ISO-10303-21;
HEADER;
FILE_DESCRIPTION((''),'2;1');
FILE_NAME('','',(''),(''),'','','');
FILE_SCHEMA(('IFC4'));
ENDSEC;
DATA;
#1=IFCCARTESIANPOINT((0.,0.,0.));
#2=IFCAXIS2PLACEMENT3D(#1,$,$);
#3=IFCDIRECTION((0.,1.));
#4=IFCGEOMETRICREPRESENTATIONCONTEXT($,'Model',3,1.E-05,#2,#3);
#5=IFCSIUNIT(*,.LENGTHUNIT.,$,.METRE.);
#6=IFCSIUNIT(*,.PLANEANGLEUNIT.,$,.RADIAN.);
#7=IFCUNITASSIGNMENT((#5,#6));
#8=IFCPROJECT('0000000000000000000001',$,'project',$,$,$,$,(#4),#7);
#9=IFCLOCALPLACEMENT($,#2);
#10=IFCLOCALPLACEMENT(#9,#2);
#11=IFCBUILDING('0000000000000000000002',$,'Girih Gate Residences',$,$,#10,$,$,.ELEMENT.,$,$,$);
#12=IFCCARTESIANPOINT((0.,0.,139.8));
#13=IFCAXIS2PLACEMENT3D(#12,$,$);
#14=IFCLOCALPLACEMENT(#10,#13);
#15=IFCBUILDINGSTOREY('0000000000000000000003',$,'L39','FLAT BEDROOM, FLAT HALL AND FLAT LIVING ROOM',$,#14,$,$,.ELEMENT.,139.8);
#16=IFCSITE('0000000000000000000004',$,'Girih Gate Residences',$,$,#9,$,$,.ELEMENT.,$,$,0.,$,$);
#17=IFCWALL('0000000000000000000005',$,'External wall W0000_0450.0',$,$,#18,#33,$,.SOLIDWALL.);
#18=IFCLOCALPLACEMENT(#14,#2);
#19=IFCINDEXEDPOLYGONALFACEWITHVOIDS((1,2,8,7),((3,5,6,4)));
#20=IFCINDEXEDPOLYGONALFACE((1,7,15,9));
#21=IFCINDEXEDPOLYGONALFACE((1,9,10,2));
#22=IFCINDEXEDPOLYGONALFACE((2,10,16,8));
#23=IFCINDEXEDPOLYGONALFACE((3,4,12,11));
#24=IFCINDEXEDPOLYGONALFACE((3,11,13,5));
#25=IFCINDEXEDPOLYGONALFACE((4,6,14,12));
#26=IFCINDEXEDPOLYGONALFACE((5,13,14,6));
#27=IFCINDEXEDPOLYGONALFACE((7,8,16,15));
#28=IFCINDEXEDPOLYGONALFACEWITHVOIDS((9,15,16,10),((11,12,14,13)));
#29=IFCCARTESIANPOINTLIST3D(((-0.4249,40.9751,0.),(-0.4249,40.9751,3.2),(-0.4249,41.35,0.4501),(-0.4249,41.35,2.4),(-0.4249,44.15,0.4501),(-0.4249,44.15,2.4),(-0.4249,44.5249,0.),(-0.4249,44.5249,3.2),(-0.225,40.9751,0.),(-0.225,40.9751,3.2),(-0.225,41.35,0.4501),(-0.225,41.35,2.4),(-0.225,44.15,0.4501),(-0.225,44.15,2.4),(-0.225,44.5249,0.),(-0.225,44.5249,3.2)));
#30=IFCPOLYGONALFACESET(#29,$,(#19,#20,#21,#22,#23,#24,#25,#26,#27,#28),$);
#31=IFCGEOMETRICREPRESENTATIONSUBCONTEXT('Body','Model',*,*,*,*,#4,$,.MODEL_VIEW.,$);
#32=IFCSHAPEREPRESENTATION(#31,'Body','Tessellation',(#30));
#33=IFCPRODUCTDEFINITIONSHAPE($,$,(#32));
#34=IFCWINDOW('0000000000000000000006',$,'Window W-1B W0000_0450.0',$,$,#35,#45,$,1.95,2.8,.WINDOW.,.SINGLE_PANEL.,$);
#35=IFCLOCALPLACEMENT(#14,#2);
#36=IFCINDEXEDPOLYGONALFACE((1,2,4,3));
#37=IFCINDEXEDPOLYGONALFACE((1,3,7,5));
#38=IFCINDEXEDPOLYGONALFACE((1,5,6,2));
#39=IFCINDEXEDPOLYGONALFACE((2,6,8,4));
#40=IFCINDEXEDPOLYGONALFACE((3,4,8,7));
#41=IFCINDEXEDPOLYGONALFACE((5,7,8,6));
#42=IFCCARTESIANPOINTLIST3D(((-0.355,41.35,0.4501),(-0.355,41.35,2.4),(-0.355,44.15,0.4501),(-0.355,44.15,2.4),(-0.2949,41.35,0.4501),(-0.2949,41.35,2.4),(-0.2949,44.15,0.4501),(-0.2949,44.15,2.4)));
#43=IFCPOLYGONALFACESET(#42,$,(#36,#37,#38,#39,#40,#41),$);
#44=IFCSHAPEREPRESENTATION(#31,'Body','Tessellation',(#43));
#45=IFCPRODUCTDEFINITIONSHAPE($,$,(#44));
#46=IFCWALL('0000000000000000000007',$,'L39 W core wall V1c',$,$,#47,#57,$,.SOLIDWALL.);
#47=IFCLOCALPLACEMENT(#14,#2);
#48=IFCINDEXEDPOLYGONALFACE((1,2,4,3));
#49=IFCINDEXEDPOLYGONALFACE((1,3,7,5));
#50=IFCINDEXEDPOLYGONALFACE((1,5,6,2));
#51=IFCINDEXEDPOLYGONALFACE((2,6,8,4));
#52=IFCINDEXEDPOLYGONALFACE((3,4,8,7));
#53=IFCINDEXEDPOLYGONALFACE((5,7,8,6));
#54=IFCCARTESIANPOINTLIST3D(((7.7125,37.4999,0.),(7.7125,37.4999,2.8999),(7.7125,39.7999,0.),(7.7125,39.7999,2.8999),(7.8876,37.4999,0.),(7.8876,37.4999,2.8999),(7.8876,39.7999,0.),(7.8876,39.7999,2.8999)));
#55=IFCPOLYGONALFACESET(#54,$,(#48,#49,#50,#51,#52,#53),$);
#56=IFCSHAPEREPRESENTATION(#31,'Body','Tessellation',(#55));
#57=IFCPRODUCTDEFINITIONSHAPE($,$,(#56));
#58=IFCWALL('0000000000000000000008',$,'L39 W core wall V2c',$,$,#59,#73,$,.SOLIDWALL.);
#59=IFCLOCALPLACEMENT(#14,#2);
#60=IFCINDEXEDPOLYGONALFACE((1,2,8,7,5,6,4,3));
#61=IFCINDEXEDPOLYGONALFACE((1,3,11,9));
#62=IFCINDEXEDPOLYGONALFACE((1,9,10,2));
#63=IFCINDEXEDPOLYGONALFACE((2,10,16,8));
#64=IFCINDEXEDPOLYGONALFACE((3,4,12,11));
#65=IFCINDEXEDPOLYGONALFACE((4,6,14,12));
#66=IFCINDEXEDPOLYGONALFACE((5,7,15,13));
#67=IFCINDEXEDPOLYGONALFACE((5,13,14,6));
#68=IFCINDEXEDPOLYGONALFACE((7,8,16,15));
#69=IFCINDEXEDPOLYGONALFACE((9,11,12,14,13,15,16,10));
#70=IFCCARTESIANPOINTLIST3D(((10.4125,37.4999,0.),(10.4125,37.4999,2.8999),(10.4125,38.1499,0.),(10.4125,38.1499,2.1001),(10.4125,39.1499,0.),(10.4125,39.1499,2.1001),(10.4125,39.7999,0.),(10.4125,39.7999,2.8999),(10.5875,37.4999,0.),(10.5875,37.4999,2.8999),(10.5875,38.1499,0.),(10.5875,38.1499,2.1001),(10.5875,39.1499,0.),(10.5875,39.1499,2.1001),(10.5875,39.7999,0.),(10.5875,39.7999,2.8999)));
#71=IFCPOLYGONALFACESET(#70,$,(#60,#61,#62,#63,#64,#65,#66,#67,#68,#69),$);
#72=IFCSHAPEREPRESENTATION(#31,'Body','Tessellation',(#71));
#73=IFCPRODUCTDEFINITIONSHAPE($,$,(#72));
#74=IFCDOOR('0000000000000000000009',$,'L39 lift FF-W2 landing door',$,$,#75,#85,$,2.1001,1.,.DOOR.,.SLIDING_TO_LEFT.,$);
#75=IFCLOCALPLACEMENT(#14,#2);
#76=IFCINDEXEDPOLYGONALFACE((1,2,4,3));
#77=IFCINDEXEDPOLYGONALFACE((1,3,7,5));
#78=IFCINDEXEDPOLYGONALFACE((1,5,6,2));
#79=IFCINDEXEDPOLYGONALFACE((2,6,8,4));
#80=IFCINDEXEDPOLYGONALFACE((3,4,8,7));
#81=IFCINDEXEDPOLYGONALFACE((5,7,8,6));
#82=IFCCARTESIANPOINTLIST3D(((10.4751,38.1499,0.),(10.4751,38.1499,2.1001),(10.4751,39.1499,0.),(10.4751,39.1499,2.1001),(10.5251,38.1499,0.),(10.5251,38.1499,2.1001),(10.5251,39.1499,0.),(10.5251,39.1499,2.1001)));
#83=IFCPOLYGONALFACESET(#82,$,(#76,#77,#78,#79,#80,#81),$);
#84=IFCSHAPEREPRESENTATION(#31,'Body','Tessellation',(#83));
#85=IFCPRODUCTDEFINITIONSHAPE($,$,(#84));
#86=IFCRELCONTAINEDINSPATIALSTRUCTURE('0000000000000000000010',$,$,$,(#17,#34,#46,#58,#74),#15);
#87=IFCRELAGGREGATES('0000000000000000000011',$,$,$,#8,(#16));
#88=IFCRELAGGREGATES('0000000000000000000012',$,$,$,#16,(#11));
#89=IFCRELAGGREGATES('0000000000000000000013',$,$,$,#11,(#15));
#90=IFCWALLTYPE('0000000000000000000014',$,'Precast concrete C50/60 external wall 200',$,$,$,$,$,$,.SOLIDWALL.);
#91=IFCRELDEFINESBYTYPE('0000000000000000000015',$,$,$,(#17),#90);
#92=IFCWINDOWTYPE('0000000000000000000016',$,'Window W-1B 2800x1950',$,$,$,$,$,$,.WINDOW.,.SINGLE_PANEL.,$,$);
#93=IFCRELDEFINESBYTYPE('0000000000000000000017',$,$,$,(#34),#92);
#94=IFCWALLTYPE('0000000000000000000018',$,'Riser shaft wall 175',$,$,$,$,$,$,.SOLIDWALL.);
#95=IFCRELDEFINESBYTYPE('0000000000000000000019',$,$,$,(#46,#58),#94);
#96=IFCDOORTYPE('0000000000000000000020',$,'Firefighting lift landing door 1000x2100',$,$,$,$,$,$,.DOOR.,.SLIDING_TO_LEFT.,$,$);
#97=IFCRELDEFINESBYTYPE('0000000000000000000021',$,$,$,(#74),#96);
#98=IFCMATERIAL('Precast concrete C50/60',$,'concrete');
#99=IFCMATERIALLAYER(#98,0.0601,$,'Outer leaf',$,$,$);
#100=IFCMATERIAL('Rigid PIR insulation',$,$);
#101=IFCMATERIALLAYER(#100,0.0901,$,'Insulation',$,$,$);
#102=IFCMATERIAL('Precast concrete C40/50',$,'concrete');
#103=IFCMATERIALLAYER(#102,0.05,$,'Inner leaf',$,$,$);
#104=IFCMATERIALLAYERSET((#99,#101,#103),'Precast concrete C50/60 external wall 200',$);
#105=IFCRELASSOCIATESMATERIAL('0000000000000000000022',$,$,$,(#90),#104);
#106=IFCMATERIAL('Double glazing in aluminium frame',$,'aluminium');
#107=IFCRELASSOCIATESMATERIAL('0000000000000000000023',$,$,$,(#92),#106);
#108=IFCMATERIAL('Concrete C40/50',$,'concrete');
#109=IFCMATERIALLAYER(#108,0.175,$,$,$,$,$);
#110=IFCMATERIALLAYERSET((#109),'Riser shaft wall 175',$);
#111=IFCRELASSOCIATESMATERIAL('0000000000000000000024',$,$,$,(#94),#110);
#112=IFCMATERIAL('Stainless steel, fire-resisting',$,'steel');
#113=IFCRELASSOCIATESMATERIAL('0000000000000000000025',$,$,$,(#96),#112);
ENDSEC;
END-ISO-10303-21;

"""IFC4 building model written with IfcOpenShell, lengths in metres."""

from ifc_helpers import new_model, si_unit, direction, frame, frame_2d, origin, place, context, subcontext, project, spatial, rectangle, extrude, material, layer, layer_set, type_object, element, fill, save


model = new_model("IFC4")

# Units and contexts
model_context = context("Model", 3, precision=1e-05, world=origin(), true_north=direction((0.0, 1.0)))
body_context = subcontext(model_context, "Body", "Model", "MODEL_VIEW")
ifc_project = project(units=[si_unit("LENGTHUNIT", "METRE"), si_unit("PLANEANGLEUNIT", "RADIAN")], contexts=[model_context])

# Site, building, storey
site_placement = place(None, origin())
site = spatial("IfcSite", under=ifc_project, at=site_placement, Name="Girih Gate Residences", CompositionType="ELEMENT", RefElevation=0.0)
building_placement = place(site_placement, origin())
building = spatial("IfcBuilding", under=site, at=building_placement, Name="Girih Gate Residences", CompositionType="ELEMENT")
storey_placement = place(building_placement, frame((0.0, 0.0, 139.8)))
storey = spatial("IfcBuildingStorey", under=building, at=storey_placement, Name="L39", Description="FLAT BEDROOM, FLAT HALL AND FLAT LIVING ROOM", CompositionType="ELEMENT", Elevation=139.8)

# Wall, opening, window
ifc_material_1 = material(Name="Precast concrete C50/60", Category="concrete")
ifc_layer_1 = layer(ifc_material_1, 0.0601, Name="Outer leaf")
ifc_material_2 = material(Name="Rigid PIR insulation")
ifc_layer_2 = layer(ifc_material_2, 0.0901, Name="Insulation")
ifc_material_3 = material(Name="Precast concrete C40/50", Category="concrete")
ifc_layer_3 = layer(ifc_material_3, 0.05, Name="Inner leaf")
ifc_layer_set_1 = layer_set([ifc_layer_1, ifc_layer_2, ifc_layer_3], Name="Precast concrete C50/60 external wall 200")
wall_type_1 = type_object("IfcWallType", Name="Precast concrete C50/60 external wall 200", PredefinedType="SOLIDWALL", material=ifc_layer_set_1)
wall_1_placement = place(storey_placement, frame((-0.325, 40.9751, 0.0), z_axis=(0.0, 0.0, 1.0), x_axis=(0.0, 1.0, 0.0)))
wall_1 = element("IfcWall", 1, at=wall_1_placement, inside=storey, type_object=wall_type_1, Name="External wall W0000_0450.0", PredefinedType="SOLIDWALL", context=body_context, shape_type="SweptSolid", body=[
    extrude(rectangle(XDim=3.5498, YDim=0.2, at=frame_2d((1.7749, 0.0))), origin(), (0.0, 0.0, 1.0), 3.2),
])
opening_1_placement = place(wall_1_placement, frame((0.375, 0.0, 0.45)))
opening_1 = element("IfcOpeningElement", 2, at=opening_1_placement, cuts=wall_1, PredefinedType="OPENING", context=body_context, shape_type="SweptSolid", body=[
    extrude(rectangle(XDim=2.8, YDim=1.95, at=frame_2d((1.3999, 0.9751))), frame((0.0, 0.1099, 0.0), z_axis=(0.0, -1.0, 0.0), x_axis=(1.0, 0.0, 0.0)), (0.0, 0.0, 1.0), 0.22),
])
ifc_material_4 = material(Name="Double glazing in aluminium frame", Category="aluminium")
window_type = type_object("IfcWindowType", Name="Window W-1B 2800x1950", PartitioningType="SINGLE_PANEL", PredefinedType="WINDOW", material=ifc_material_4)
window_placement = place(opening_1_placement, origin())
window = element("IfcWindow", 3, at=window_placement, inside=storey, type_object=window_type, Name="Window W-1B W0000_0450.0", OverallHeight=1.95, OverallWidth=2.8, PartitioningType="SINGLE_PANEL", PredefinedType="WINDOW", context=body_context, shape_type="SweptSolid", body=[
    extrude(rectangle(XDim=2.8, YDim=1.95, at=frame_2d((1.3999, 0.9751))), frame((0.0, 0.03, 0.0), z_axis=(0.0, -1.0, 0.0), x_axis=(1.0, 0.0, 0.0)), (0.0, 0.0, 1.0), 0.0601),
])
fill(opening_1, window)

# Wall
ifc_material_5 = material(Name="Concrete C40/50", Category="concrete")
ifc_layer_4 = layer(ifc_material_5, 0.175)
ifc_layer_set_2 = layer_set([ifc_layer_4], Name="Riser shaft wall 175")
wall_type_2 = type_object("IfcWallType", Name="Riser shaft wall 175", PredefinedType="SOLIDWALL", material=ifc_layer_set_2)
wall_2_placement = place(storey_placement, frame((7.8, 37.5, 0.0), z_axis=(0.0, 0.0, 1.0), x_axis=(0.0, 1.0, 0.0)))
element("IfcWall", 4, at=wall_2_placement, inside=storey, type_object=wall_type_2, Name="L39 W core wall V1c", PredefinedType="SOLIDWALL", context=body_context, shape_type="SweptSolid", body=[
    extrude(rectangle(XDim=2.3, YDim=0.175, at=frame_2d((1.1499, 0.0))), origin(), (0.0, 0.0, 1.0), 2.8999),
])

# Wall, opening, door
wall_3_placement = place(storey_placement, frame((10.5, 37.5, 0.0), z_axis=(0.0, 0.0, 1.0), x_axis=(0.0, 1.0, 0.0)))
wall_3 = element("IfcWall", 5, at=wall_3_placement, inside=storey, type_object=wall_type_2, Name="L39 W core wall V2c", PredefinedType="SOLIDWALL", context=body_context, shape_type="SweptSolid", body=[
    extrude(rectangle(XDim=2.3, YDim=0.175, at=frame_2d((1.1499, 0.0))), origin(), (0.0, 0.0, 1.0), 2.8999),
])
opening_2_placement = place(wall_3_placement, frame((0.6499, 0.0, 0.0)))
opening_2 = element("IfcOpeningElement", 6, at=opening_2_placement, cuts=wall_3, PredefinedType="OPENING", context=body_context, shape_type="SweptSolid", body=[
    extrude(rectangle(XDim=1.0, YDim=2.1001, at=frame_2d((0.5, 1.05))), frame((0.0, 0.0974, 0.0), z_axis=(0.0, -1.0, 0.0), x_axis=(1.0, 0.0, 0.0)), (0.0, 0.0, 1.0), 0.1951),
])
ifc_material_6 = material(Name="Stainless steel, fire-resisting", Category="steel")
door_type_1 = type_object("IfcDoorType", Name="Firefighting lift landing door 1000x2100", OperationType="SLIDING_TO_LEFT", PredefinedType="DOOR", material=ifc_material_6)
door_1_placement = place(opening_2_placement, origin())
door_1 = element("IfcDoor", 7, at=door_1_placement, inside=storey, type_object=door_type_1, Name="L39 lift FF-W2 landing door", OperationType="SLIDING_TO_LEFT", OverallHeight=2.1001, OverallWidth=1.0, PredefinedType="DOOR", context=body_context, shape_type="SweptSolid", body=[
    extrude(rectangle(XDim=1.0, YDim=2.1001, at=frame_2d((0.5, 1.05))), frame((0.0, 0.0249, 0.0), z_axis=(0.0, -1.0, 0.0), x_axis=(1.0, 0.0, 0.0)), (0.0, 0.0, 1.0), 0.05),
])
fill(opening_2, door_1)

save(model, "model.ifc")
